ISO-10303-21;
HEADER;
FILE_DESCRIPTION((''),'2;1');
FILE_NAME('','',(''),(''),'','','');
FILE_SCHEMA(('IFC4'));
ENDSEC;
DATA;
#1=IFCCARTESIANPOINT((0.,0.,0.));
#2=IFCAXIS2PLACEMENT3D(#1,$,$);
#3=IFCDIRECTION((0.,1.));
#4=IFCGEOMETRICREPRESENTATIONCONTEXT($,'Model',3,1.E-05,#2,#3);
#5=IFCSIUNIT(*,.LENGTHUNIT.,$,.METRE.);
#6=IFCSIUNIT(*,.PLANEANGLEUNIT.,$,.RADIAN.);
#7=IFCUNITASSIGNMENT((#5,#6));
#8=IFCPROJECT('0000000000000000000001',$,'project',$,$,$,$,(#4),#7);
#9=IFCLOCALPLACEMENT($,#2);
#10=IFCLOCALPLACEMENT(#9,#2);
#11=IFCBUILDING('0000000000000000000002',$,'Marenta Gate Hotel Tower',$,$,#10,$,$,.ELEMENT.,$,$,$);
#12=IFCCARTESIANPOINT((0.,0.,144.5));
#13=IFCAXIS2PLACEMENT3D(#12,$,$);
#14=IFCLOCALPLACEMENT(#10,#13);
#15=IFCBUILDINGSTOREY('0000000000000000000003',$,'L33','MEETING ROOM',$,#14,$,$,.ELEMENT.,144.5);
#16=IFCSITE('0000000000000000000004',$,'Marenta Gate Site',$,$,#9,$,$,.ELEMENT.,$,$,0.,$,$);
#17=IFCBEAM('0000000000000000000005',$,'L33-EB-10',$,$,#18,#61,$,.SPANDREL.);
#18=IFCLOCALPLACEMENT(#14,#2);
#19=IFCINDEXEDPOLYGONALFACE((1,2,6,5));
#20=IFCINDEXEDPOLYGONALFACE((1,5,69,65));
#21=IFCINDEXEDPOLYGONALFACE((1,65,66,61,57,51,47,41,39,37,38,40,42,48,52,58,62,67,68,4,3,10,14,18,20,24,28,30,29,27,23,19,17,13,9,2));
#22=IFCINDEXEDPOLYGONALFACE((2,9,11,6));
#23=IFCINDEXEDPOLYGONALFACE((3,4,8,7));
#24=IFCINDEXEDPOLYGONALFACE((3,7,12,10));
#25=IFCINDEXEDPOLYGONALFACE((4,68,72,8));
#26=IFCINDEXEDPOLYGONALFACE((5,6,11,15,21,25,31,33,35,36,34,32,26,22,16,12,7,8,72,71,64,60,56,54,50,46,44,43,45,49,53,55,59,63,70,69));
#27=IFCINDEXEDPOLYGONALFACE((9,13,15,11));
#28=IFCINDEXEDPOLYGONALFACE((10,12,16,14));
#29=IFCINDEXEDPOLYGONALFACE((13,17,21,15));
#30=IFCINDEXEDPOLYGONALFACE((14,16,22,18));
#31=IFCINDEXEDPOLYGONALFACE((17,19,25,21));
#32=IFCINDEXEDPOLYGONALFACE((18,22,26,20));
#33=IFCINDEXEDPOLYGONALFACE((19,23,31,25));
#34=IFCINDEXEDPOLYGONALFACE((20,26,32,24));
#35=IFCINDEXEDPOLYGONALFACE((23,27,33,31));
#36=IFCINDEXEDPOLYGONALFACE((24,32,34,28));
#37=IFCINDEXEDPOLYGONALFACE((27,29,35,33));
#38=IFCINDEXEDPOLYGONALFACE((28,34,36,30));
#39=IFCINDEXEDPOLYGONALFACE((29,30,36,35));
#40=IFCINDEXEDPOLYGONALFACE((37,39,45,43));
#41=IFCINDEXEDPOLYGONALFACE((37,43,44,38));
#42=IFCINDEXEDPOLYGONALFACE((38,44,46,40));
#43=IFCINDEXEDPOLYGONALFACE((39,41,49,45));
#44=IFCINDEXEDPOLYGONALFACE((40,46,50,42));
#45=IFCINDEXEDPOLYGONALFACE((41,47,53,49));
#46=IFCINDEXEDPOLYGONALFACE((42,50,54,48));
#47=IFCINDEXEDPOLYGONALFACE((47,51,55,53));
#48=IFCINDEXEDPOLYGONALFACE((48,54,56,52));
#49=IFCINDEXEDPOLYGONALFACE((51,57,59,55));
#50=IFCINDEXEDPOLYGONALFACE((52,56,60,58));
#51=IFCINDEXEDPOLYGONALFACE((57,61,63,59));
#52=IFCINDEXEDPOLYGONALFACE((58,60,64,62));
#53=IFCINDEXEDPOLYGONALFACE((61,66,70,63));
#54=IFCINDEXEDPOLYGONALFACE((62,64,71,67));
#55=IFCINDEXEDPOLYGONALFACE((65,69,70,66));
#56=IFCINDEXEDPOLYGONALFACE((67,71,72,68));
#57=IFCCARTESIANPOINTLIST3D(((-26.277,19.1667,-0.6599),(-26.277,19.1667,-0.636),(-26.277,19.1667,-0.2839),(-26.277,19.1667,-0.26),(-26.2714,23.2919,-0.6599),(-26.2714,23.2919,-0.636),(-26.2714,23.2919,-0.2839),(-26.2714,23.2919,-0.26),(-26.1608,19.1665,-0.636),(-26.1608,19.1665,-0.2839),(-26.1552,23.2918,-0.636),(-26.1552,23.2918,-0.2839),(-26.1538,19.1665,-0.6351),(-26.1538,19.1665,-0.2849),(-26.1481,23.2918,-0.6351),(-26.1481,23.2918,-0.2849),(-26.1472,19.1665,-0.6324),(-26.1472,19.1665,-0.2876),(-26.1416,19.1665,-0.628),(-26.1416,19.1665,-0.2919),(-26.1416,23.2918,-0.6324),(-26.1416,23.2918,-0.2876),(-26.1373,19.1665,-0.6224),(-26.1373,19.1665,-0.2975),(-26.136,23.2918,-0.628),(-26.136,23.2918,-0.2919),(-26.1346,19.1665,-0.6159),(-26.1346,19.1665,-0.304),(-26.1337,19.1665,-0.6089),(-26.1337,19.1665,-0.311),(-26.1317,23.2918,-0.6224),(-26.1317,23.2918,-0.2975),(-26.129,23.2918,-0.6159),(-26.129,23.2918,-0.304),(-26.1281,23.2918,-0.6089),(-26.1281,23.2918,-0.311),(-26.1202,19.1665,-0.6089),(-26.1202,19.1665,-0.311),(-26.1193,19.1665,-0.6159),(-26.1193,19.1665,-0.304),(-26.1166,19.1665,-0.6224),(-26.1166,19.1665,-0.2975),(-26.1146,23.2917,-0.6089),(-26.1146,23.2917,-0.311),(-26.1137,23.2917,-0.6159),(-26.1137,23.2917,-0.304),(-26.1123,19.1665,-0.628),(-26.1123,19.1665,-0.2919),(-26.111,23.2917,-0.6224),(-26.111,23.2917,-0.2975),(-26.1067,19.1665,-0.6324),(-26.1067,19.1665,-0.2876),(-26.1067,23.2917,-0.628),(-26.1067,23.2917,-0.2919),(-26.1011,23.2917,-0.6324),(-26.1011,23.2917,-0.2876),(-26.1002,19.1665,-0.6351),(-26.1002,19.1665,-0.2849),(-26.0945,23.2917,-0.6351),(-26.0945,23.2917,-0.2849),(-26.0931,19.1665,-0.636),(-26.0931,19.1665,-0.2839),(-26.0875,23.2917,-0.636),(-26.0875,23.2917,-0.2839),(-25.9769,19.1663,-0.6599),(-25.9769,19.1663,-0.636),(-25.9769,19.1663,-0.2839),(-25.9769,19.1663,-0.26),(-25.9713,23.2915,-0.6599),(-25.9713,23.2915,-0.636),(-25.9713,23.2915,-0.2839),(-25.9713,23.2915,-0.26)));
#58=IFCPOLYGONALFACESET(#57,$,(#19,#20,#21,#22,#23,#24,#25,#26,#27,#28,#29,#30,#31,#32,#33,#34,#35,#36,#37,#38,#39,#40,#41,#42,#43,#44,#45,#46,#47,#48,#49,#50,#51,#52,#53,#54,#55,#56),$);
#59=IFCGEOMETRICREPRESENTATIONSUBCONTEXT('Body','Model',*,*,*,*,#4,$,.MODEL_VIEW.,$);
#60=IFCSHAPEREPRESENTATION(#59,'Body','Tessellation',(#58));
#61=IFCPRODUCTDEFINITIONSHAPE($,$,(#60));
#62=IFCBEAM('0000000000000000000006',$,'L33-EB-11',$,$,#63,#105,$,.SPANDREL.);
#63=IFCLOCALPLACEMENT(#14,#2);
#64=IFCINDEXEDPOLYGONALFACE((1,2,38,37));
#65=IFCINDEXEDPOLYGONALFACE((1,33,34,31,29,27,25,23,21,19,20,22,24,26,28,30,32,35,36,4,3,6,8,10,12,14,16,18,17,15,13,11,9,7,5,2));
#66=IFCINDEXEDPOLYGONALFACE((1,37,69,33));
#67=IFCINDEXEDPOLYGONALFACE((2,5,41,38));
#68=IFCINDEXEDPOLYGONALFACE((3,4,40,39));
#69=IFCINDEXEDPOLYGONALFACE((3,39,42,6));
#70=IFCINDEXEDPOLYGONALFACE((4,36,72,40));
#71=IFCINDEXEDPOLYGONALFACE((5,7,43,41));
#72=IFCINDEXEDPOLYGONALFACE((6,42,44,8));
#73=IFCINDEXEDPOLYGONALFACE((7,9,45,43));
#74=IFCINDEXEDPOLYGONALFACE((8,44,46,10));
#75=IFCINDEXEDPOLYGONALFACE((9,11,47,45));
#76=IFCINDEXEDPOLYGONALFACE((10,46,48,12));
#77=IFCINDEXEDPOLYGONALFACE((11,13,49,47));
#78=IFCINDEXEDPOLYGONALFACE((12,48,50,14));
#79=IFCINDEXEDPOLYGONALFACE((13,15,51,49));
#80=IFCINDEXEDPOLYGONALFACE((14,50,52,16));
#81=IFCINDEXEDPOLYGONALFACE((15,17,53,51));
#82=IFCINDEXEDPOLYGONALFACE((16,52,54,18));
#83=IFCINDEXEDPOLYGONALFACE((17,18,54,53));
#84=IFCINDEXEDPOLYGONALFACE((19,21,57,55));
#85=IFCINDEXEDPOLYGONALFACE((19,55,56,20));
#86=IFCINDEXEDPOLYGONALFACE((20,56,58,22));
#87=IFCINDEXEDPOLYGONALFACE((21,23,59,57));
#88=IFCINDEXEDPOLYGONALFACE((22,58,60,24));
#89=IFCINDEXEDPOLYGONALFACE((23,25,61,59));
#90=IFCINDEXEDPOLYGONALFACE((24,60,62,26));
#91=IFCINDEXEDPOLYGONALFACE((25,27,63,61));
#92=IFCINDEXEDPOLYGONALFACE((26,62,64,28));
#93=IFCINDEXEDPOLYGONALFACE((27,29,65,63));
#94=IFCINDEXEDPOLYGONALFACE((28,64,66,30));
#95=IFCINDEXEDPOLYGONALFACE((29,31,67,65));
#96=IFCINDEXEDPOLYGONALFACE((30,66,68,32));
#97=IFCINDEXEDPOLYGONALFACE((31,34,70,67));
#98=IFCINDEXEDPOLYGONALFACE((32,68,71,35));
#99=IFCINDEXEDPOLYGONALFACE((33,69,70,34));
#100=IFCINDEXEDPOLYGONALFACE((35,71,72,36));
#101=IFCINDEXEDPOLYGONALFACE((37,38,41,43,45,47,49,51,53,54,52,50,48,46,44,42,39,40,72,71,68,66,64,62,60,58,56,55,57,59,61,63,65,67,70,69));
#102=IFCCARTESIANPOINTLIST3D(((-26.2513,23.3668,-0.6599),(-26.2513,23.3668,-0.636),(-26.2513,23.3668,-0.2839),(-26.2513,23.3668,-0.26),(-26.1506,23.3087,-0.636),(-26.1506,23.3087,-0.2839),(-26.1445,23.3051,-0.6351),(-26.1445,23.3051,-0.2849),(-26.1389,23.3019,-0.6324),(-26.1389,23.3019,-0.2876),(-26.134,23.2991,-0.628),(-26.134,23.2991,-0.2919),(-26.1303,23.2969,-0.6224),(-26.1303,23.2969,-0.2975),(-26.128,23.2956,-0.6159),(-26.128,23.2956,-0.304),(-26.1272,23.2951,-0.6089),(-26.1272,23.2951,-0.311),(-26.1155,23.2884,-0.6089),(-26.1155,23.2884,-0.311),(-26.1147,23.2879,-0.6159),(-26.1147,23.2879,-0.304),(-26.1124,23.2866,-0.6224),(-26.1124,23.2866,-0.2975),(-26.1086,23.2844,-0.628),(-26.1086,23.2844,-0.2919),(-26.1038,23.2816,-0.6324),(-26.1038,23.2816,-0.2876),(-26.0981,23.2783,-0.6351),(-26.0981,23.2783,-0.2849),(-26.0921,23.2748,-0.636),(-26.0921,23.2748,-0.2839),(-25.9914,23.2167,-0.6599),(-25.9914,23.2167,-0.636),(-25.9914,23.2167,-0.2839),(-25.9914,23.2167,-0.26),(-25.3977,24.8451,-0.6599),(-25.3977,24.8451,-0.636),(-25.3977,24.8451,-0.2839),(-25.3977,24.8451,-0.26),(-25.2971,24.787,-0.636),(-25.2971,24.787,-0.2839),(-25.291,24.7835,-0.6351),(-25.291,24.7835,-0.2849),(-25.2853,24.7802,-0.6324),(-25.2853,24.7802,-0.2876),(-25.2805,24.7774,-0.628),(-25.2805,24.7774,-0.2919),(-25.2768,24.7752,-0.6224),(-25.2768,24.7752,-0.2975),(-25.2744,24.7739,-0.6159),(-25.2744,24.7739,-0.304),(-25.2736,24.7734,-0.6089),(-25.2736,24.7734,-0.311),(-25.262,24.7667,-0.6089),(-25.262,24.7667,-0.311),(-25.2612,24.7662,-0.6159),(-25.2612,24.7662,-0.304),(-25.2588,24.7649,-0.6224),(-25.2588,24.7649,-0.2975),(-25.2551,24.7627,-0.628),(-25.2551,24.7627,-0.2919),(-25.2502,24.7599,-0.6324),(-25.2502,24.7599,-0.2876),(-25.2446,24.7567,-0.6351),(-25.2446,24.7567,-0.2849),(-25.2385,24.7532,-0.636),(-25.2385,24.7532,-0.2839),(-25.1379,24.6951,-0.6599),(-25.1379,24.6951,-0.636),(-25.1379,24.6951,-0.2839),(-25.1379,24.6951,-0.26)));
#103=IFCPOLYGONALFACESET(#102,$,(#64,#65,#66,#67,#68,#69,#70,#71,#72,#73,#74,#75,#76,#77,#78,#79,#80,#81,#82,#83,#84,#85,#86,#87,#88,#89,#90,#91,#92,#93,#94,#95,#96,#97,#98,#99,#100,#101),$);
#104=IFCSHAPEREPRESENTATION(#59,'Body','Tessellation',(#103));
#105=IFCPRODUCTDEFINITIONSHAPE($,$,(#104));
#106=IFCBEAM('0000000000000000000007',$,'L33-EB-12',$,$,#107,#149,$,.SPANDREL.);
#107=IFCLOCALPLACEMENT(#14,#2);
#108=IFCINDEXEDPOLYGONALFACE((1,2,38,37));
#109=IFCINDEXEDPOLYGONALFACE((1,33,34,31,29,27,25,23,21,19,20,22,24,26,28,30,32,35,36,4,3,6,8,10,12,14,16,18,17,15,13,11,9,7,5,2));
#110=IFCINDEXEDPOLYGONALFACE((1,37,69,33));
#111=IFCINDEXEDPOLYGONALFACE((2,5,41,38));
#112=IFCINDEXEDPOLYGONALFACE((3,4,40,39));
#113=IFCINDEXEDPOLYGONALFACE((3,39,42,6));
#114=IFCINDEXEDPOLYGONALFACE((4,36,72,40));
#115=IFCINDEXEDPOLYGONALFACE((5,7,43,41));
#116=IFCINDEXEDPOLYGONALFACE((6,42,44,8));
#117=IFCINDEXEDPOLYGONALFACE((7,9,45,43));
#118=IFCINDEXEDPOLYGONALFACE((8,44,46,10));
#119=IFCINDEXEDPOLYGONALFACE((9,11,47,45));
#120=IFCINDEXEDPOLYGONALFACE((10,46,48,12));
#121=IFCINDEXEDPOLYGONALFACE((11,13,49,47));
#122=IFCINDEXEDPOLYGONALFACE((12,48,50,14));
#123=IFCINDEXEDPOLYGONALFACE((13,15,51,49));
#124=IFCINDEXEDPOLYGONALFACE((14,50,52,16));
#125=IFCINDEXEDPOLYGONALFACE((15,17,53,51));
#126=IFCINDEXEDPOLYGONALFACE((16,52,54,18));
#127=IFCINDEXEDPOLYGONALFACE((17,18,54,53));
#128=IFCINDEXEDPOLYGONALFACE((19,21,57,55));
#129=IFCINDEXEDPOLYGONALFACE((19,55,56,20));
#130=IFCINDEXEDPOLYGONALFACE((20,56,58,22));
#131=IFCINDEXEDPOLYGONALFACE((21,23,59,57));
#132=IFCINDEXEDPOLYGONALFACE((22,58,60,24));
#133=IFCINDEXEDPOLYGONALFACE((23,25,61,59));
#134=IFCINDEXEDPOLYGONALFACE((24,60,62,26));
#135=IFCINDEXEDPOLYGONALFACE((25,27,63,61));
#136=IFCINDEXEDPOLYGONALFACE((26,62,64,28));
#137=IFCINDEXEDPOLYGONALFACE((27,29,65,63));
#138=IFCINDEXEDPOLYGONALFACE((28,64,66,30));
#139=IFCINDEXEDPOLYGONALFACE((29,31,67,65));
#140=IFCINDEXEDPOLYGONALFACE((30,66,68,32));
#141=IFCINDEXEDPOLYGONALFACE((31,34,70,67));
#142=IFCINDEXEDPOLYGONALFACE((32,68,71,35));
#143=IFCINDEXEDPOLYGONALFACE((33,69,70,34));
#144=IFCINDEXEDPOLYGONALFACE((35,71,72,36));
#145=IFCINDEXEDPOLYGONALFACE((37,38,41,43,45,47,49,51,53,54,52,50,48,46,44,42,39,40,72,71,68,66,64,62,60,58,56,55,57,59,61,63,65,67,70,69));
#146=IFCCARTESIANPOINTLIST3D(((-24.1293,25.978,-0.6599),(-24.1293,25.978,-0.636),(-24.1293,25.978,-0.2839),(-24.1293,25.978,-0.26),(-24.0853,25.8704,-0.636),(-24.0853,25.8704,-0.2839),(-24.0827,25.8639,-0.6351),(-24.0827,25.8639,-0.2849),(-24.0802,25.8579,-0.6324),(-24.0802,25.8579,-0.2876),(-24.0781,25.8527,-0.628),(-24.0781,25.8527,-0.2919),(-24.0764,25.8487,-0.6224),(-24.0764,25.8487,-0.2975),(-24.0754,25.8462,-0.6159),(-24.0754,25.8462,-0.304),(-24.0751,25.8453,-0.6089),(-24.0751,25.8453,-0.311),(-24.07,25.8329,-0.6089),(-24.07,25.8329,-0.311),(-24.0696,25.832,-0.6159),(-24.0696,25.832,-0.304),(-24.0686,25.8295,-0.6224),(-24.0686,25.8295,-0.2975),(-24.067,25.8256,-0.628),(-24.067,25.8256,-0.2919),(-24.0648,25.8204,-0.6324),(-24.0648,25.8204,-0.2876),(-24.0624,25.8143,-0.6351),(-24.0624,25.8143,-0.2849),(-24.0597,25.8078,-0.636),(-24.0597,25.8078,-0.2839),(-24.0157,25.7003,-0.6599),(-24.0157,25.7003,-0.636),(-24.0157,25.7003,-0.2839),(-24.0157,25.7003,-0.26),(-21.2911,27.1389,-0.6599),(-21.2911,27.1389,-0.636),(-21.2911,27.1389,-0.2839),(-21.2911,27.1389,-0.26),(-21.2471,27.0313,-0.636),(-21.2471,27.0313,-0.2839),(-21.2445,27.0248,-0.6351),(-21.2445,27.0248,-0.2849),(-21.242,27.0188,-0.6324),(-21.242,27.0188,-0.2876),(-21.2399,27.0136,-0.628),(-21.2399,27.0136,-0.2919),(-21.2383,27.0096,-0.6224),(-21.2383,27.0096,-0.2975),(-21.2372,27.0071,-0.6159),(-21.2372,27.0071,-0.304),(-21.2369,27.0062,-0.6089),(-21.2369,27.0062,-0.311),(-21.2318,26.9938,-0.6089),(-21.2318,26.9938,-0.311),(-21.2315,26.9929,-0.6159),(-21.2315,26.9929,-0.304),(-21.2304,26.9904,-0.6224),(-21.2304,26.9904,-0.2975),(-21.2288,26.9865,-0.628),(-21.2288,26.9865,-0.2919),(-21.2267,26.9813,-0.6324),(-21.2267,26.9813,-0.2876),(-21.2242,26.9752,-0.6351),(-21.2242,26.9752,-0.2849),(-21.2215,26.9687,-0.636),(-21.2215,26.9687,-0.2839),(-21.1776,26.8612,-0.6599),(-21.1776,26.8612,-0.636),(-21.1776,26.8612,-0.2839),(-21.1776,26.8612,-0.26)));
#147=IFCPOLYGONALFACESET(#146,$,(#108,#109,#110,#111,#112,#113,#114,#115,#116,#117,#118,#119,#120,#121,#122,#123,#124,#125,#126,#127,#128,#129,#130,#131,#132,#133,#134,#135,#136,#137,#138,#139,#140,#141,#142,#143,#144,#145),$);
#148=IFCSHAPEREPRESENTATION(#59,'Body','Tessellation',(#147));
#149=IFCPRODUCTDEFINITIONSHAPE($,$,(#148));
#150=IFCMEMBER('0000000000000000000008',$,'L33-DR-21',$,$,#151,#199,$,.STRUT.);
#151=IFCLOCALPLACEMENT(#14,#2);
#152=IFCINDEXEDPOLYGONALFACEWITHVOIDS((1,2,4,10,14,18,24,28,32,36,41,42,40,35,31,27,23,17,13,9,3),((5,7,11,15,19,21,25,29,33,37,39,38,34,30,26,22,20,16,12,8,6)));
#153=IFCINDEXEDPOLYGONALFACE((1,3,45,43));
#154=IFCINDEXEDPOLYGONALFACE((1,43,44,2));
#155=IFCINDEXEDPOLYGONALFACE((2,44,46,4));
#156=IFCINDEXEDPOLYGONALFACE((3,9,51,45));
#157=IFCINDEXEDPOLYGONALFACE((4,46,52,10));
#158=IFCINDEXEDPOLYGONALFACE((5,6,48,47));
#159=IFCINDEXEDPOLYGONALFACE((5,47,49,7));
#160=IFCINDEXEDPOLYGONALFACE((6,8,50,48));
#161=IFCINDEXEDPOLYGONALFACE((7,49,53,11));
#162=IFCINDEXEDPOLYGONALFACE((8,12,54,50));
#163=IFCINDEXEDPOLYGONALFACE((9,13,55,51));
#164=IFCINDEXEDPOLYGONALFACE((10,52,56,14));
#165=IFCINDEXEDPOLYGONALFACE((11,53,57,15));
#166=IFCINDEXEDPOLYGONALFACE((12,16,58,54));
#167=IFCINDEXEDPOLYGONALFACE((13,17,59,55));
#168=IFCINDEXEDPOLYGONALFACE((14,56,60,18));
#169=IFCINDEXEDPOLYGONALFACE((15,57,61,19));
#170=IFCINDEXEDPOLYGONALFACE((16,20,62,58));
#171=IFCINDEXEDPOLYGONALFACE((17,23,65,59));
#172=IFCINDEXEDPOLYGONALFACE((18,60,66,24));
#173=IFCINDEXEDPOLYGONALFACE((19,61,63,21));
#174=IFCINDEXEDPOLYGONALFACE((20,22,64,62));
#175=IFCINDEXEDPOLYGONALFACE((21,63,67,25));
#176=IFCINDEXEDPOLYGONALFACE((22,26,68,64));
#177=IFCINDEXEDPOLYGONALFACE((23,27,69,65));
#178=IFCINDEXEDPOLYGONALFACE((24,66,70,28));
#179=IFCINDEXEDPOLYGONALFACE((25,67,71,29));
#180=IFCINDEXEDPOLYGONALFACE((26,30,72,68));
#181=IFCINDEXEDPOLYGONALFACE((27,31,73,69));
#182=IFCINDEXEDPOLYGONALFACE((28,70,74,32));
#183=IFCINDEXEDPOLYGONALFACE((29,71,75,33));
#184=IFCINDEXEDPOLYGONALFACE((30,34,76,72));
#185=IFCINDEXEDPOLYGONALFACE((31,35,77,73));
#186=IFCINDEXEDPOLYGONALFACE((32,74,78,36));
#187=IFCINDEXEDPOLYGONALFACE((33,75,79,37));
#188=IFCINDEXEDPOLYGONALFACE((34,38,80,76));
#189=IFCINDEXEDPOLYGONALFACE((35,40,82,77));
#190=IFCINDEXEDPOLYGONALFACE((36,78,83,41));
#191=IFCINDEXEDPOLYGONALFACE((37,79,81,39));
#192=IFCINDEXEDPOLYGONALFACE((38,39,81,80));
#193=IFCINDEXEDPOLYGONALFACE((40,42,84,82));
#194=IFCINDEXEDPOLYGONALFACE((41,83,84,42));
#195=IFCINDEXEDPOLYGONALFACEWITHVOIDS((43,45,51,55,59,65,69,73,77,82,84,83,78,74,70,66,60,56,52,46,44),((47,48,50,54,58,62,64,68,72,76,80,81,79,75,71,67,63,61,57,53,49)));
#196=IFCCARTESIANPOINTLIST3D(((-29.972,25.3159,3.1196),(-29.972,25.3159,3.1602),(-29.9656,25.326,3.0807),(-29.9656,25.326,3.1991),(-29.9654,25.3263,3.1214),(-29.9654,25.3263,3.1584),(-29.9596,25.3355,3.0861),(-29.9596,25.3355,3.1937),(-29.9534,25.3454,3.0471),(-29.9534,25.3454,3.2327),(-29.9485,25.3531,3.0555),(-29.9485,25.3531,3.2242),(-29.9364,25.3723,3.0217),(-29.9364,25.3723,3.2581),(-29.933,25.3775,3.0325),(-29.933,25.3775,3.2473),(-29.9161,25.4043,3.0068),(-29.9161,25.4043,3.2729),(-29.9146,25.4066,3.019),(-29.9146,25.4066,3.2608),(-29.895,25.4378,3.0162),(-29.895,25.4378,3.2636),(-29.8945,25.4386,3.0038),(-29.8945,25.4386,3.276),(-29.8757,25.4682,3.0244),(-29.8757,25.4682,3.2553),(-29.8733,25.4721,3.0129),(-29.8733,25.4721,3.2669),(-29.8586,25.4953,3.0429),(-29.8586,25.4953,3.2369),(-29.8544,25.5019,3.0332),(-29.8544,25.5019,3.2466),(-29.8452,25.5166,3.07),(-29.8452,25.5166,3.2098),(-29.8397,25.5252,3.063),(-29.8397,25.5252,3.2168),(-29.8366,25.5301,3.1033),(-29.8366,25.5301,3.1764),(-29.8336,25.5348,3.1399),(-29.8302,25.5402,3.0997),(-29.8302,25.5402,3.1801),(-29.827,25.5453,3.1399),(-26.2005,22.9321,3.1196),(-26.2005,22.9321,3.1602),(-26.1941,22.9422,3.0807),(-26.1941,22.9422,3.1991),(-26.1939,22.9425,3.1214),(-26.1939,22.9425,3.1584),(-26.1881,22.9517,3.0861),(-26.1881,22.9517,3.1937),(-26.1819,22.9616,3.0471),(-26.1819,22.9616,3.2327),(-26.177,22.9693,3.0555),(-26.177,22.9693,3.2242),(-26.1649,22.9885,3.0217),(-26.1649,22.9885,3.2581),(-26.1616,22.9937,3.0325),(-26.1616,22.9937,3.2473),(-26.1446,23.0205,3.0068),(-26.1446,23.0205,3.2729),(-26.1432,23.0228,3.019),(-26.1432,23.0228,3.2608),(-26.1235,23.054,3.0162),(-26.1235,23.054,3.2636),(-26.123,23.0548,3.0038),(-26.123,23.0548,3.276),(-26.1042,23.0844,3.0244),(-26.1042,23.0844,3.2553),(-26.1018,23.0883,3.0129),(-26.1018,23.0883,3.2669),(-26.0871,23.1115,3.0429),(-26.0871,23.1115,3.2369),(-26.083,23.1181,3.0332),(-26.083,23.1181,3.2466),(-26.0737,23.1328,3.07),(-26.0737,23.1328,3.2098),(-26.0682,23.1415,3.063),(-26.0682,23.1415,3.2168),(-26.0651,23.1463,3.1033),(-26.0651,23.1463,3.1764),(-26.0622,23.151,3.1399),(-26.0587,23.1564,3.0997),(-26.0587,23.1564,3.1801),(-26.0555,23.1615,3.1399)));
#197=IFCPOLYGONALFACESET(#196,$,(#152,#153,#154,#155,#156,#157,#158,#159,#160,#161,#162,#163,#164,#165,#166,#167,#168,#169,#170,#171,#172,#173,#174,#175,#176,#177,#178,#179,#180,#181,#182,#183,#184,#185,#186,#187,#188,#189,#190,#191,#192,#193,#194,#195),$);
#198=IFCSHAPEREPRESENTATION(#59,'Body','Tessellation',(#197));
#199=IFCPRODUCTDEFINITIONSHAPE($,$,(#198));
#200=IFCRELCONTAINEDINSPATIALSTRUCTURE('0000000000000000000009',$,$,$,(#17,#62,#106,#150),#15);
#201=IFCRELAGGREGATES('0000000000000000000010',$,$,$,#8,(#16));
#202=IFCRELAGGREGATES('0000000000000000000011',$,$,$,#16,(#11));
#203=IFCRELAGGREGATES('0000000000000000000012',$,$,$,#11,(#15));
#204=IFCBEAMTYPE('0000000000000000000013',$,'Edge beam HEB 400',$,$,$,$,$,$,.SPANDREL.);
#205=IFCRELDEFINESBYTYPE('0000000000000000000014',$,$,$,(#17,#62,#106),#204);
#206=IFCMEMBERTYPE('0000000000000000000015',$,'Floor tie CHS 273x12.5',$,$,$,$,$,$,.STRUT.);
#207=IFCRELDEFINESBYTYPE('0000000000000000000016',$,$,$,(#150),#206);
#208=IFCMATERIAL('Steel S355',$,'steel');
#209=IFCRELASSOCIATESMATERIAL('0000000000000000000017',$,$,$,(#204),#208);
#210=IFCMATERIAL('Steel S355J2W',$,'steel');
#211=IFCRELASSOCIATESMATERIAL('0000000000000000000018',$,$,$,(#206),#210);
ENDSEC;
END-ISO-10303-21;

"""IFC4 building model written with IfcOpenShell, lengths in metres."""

from ifc_helpers import new_model, si_unit, direction, frame, origin, origin_2d, place, context, subcontext, project, spatial, hollow_circle, i_section, extrude, material, material_profile, profile_set, type_object, element, save


model = new_model("IFC4")

# Units and contexts
model_context = context("Model", 3, precision=1e-05, world=origin(), true_north=direction((0.0, 1.0)))
body_context = subcontext(model_context, "Body", "Model", "MODEL_VIEW")
ifc_project = project(units=[si_unit("LENGTHUNIT", "METRE"), si_unit("PLANEANGLEUNIT", "RADIAN")], contexts=[model_context])

# Site, building, storey
site_placement = place(None, origin())
site = spatial("IfcSite", under=ifc_project, at=site_placement, Name="Marenta Gate Site", CompositionType="ELEMENT", RefElevation=0.0)
building_placement = place(site_placement, origin())
building = spatial("IfcBuilding", under=site, at=building_placement, Name="Marenta Gate Hotel Tower", CompositionType="ELEMENT")
storey_placement = place(building_placement, frame((0.0, 0.0, 144.5)))
storey = spatial("IfcBuildingStorey", under=building, at=storey_placement, Name="L33", Description="MEETING ROOM", CompositionType="ELEMENT", Elevation=144.5)

# Beams
ifc_material_1 = material(Name="Steel S355", Category="steel")
ifc_material_profile_1 = material_profile(ifc_material_1, i_section(OverallWidth=0.3, OverallDepth=0.3999, WebThickness=0.0134, FlangeThickness=0.0239, FilletRadius=0.0271, at=origin_2d()), Name="HEB 400")
ifc_profile_set_1 = profile_set([ifc_material_profile_1], Name="Steel S355")
beam_type_1 = type_object("IfcBeamType", Name="Edge beam HEB 400", PredefinedType="SPANDREL", material=ifc_profile_set_1)
beam_1_placement = place(storey_placement, frame((-26.127, 19.1665, -0.46), z_axis=(0.001361, 0.999999, 0.0), x_axis=(-0.999999, 0.001361, 0.0)))
element("IfcBeam", 1, at=beam_1_placement, inside=storey, type_object=beam_type_1, Name="L33-EB-10", PredefinedType="SPANDREL", context=body_context, shape_type="SweptSolid", body=[
    extrude(i_section(OverallWidth=0.3, OverallDepth=0.3999, WebThickness=0.0134, FlangeThickness=0.0239, FilletRadius=0.0271, at=origin_2d()), origin(), (0.0, 0.0, 1.0), 4.1252),
])
beam_2_placement = place(storey_placement, frame((-26.1213, 23.2917, -0.46), z_axis=(0.500015, 0.866016, 0.0), x_axis=(-0.866016, 0.500015, 0.0)))
element("IfcBeam", 2, at=beam_2_placement, inside=storey, type_object=beam_type_1, Name="L33-EB-11", PredefinedType="SPANDREL", context=body_context, shape_type="SweptSolid", body=[
    extrude(i_section(OverallWidth=0.3, OverallDepth=0.3999, WebThickness=0.0134, FlangeThickness=0.0239, FilletRadius=0.0271, at=origin_2d()), origin(), (0.0, 0.0, 1.0), 1.707),
])
beam_3_placement = place(storey_placement, frame((-24.0725, 25.8391, -0.46), z_axis=(0.925566, 0.378586, 0.0), x_axis=(-0.378586, 0.925566, 0.0)))
element("IfcBeam", 3, at=beam_3_placement, inside=storey, type_object=beam_type_1, Name="L33-EB-12", PredefinedType="SPANDREL", context=body_context, shape_type="SweptSolid", body=[
    extrude(i_section(OverallWidth=0.3, OverallDepth=0.3999, WebThickness=0.0134, FlangeThickness=0.0239, FilletRadius=0.0271, at=origin_2d()), origin(), (0.0, 0.0, 1.0), 3.0664),
])

# Member
ifc_material_2 = material(Name="Steel S355J2W", Category="steel")
ifc_material_profile_2 = material_profile(ifc_material_2, hollow_circle(Radius=0.1365, WallThickness=0.0125, at=origin_2d()), Name="CHS 273x12.5")
ifc_profile_set_2 = profile_set([ifc_material_profile_2], Name="Steel S355J2W")
member_type_1 = type_object("IfcMemberType", Name="Floor tie CHS 273x12.5", PredefinedType="STRUT", material=ifc_profile_set_2)
member_1_placement = place(storey_placement, frame((-29.8999, 25.4299, 3.1399), z_axis=(0.845307, -0.534281, 0.0), x_axis=(0.534281, 0.845307, 0.0)))
element("IfcMember", 4, at=member_1_placement, inside=storey, type_object=member_type_1, Name="L33-DR-21", PredefinedType="STRUT", context=body_context, shape_type="SweptSolid", body=[
    extrude(hollow_circle(Radius=0.1365, WallThickness=0.0125, at=origin_2d()), origin(), (0.0, 0.0, 1.0), 4.4617),
])

save(model, "model.ifc")
